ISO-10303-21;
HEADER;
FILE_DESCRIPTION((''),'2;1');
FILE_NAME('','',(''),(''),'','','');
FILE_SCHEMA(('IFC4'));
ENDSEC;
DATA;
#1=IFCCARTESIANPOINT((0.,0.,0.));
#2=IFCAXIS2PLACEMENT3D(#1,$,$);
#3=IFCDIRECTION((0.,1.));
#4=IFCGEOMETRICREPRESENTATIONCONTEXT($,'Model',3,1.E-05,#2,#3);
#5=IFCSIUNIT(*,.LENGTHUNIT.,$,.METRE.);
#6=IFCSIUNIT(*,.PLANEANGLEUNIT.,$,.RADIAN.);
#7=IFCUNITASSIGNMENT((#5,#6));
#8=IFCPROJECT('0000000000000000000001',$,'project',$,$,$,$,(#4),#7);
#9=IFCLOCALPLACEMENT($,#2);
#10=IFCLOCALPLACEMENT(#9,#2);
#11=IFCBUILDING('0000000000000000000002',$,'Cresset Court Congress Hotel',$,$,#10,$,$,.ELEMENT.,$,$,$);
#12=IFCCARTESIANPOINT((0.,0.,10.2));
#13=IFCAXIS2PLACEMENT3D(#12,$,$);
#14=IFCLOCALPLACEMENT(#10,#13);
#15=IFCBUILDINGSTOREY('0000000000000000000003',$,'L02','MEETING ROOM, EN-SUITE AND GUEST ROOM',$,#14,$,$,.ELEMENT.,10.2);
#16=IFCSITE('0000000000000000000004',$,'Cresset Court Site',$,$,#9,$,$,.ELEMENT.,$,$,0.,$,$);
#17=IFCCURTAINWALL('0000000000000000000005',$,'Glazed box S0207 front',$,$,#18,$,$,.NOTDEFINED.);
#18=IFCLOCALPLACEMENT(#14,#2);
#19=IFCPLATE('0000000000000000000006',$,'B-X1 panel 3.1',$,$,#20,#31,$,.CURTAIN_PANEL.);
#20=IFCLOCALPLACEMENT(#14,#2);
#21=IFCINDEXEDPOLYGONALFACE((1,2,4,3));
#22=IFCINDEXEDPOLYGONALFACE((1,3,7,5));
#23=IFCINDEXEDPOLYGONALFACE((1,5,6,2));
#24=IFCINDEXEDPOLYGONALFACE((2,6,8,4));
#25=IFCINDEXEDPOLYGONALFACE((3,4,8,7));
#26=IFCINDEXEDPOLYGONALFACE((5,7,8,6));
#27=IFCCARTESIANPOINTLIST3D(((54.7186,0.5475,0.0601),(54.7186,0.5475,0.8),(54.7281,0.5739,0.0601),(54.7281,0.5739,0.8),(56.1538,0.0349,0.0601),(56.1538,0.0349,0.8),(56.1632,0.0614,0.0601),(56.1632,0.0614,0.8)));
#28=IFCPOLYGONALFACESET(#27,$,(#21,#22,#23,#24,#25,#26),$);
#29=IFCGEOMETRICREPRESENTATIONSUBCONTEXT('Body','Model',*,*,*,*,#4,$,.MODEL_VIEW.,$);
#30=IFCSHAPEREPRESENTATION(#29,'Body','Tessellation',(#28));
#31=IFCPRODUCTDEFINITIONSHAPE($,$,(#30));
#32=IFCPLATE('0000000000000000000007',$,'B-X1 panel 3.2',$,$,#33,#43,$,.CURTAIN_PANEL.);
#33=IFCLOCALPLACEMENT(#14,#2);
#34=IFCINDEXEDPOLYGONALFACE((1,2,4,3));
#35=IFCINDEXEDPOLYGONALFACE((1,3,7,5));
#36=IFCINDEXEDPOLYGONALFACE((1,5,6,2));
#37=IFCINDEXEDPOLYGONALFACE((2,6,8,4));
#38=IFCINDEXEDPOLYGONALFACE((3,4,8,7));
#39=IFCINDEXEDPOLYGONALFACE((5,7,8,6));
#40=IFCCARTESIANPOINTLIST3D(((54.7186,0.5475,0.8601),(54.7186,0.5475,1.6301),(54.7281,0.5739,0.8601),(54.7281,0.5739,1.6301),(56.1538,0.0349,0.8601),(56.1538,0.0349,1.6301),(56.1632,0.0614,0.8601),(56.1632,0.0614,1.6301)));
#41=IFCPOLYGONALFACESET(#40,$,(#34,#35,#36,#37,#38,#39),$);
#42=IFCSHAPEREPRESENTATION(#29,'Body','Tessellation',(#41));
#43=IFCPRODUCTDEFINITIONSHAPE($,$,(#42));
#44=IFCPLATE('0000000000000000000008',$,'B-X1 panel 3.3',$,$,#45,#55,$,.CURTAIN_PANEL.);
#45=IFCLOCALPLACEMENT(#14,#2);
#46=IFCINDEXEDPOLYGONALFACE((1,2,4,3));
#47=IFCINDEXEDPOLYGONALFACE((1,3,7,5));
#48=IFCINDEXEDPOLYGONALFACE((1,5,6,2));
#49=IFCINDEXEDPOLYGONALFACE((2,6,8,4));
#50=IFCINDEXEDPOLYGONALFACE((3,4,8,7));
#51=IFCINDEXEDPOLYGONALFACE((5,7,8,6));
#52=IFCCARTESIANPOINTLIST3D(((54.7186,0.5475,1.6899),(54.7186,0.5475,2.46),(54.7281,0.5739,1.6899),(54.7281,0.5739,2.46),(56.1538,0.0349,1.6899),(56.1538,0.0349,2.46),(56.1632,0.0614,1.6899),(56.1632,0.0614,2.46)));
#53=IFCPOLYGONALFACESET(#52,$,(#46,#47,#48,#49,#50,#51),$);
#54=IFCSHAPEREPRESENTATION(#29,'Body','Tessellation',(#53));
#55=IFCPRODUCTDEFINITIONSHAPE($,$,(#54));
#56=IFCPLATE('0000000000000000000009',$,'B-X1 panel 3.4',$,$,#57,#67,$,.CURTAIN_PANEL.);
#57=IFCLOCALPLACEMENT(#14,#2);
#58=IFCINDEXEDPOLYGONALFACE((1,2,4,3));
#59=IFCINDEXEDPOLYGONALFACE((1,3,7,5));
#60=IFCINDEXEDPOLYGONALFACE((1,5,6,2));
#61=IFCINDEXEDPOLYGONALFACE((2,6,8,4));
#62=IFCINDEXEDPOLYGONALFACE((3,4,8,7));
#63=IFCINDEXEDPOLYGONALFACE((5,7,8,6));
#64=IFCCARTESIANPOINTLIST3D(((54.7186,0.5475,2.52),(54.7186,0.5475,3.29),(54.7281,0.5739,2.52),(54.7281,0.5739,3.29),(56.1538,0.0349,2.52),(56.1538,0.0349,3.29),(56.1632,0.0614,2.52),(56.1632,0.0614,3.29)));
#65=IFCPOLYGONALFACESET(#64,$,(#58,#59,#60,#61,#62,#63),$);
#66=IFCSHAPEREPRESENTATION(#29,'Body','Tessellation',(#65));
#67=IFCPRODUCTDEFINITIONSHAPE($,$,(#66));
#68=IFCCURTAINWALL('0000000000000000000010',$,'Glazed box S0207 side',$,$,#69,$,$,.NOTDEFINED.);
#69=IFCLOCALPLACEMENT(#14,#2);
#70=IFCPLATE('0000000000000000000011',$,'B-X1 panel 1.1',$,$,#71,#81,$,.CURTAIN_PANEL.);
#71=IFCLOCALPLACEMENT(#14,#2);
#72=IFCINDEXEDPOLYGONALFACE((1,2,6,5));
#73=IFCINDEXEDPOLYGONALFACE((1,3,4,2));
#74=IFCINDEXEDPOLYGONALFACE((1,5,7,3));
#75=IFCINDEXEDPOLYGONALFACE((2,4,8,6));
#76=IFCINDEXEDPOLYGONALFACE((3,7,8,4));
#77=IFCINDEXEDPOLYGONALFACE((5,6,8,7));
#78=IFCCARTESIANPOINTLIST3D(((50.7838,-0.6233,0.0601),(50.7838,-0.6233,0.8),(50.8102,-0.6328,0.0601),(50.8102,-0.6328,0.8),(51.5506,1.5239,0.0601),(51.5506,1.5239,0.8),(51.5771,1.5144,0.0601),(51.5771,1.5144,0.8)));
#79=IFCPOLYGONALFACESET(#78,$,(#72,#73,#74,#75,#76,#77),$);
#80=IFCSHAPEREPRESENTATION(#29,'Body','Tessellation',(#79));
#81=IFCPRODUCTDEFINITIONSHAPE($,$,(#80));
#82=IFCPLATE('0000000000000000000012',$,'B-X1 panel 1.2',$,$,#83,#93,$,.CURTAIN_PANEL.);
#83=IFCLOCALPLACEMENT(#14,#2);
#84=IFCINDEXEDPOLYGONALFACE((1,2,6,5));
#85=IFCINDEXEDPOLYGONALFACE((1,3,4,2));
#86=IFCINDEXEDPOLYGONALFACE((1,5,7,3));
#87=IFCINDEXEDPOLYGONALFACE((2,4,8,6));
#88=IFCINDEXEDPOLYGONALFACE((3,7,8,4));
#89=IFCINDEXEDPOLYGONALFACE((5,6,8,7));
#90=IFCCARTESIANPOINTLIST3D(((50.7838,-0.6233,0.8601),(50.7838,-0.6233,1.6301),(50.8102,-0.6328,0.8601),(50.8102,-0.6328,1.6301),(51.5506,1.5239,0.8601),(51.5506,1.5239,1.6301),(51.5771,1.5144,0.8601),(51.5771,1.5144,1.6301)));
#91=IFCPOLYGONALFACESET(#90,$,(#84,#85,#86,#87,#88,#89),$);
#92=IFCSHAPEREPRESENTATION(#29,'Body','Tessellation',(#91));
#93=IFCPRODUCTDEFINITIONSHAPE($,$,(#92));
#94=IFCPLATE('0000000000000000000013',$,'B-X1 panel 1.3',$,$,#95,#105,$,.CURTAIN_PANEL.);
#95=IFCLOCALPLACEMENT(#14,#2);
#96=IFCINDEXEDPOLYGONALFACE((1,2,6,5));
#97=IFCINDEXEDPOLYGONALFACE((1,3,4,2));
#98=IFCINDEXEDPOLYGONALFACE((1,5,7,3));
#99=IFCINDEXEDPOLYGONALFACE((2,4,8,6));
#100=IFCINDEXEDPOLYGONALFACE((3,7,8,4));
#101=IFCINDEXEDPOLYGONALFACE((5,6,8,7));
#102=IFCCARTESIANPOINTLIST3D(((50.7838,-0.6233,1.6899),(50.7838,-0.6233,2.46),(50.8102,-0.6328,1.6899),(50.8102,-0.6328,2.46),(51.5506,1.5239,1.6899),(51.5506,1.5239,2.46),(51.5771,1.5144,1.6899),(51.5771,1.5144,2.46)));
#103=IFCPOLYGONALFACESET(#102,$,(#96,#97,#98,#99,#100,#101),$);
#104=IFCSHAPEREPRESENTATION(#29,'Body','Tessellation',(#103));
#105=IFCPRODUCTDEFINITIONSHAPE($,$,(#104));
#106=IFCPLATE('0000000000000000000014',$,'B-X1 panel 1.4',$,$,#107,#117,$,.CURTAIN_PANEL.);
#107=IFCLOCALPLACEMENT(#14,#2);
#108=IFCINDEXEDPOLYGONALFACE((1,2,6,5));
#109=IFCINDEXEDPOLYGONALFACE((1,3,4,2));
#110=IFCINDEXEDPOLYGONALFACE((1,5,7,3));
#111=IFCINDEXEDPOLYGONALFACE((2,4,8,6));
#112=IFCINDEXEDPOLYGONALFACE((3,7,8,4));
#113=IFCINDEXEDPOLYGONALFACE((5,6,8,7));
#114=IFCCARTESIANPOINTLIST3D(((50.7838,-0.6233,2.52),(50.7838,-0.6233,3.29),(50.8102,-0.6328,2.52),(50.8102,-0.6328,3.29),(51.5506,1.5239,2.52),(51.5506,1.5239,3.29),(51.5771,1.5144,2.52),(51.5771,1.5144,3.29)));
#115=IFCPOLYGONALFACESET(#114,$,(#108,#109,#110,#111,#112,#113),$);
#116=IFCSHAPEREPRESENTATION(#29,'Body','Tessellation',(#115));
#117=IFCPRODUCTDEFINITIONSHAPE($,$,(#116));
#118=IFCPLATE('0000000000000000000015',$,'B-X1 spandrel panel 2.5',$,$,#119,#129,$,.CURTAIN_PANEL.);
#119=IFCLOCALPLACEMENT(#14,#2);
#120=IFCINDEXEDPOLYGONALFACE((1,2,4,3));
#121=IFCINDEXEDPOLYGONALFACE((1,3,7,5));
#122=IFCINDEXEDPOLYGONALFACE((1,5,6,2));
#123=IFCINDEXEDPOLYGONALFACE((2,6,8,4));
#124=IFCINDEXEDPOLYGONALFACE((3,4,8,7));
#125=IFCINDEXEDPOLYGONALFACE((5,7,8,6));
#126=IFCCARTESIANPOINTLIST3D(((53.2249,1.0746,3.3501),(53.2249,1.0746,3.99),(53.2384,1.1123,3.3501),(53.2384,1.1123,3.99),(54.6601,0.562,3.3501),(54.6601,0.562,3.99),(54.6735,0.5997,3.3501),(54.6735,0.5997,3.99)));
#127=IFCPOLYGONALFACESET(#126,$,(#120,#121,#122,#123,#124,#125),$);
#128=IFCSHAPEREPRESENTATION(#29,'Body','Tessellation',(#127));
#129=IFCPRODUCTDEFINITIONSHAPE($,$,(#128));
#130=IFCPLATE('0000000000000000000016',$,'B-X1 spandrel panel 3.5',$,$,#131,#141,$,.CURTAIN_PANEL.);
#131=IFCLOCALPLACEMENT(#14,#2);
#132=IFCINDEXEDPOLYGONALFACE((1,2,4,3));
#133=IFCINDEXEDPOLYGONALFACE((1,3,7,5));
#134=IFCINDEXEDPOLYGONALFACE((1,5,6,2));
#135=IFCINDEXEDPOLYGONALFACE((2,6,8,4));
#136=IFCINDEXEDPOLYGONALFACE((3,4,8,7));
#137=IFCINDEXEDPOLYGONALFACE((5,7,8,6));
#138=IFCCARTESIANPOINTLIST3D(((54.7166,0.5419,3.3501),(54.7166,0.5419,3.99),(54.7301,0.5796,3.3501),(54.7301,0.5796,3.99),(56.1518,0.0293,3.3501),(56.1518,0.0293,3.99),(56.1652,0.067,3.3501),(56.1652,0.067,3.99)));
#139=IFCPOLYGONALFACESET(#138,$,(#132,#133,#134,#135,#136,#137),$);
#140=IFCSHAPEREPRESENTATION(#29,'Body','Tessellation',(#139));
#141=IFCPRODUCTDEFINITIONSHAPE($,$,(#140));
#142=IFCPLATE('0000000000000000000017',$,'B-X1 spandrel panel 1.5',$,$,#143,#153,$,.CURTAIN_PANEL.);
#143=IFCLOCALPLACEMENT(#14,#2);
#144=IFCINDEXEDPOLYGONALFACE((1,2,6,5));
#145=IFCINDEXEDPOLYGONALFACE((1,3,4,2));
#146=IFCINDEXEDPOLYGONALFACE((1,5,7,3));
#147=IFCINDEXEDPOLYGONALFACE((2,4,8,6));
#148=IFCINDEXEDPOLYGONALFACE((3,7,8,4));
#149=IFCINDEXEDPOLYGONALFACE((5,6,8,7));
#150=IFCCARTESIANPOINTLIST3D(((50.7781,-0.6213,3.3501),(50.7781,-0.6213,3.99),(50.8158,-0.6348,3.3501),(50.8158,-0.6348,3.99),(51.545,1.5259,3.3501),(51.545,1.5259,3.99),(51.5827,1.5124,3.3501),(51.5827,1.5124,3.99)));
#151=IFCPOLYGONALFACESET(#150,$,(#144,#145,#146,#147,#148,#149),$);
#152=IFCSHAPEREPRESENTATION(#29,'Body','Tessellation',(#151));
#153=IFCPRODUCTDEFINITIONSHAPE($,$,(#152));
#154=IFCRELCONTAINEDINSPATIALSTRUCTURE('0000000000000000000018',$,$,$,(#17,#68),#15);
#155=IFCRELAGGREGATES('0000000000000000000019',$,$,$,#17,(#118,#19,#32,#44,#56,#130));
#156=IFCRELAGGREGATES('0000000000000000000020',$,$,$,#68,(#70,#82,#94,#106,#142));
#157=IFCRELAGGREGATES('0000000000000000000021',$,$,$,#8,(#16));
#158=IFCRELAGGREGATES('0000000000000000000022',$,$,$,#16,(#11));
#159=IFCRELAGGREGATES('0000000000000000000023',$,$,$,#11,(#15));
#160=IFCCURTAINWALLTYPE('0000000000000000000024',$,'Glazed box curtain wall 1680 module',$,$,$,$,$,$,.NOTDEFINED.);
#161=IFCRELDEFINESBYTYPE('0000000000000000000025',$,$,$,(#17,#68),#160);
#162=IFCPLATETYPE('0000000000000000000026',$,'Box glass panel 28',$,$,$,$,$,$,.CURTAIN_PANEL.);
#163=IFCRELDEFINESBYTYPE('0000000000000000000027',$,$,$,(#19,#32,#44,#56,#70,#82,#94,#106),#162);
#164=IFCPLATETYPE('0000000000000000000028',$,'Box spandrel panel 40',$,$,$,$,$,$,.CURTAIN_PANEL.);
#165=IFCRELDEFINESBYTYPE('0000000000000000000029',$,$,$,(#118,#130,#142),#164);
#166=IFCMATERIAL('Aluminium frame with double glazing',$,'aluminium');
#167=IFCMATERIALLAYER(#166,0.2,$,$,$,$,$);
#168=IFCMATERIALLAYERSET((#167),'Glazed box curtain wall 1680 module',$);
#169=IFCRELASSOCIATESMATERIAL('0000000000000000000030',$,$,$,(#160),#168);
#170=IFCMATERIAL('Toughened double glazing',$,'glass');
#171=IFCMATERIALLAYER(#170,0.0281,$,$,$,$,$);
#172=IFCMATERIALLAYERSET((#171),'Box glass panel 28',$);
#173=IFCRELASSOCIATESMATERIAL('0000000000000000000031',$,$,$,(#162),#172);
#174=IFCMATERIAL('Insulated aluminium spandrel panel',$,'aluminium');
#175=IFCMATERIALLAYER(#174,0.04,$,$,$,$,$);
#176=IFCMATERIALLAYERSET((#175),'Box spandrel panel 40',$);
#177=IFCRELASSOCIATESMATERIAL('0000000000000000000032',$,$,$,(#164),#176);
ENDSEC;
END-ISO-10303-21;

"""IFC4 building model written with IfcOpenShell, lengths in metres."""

from ifc_helpers import new_model, si_unit, direction, frame, origin, origin_2d, place, context, subcontext, project, spatial, rectangle, extrude, material, layer, layer_set, type_object, element, aggregate, save


model = new_model("IFC4")

# Units and contexts
model_context = context("Model", 3, precision=1e-05, world=origin(), true_north=direction((0.0, 1.0)))
body_context = subcontext(model_context, "Body", "Model", "MODEL_VIEW")
ifc_project = project(units=[si_unit("LENGTHUNIT", "METRE"), si_unit("PLANEANGLEUNIT", "RADIAN")], contexts=[model_context])

# Site, building, storey
site_placement = place(None, origin())
site = spatial("IfcSite", under=ifc_project, at=site_placement, Name="Cresset Court Site", CompositionType="ELEMENT", RefElevation=0.0)
building_placement = place(site_placement, origin())
building = spatial("IfcBuilding", under=site, at=building_placement, Name="Cresset Court Congress Hotel", CompositionType="ELEMENT")
storey_placement = place(building_placement, frame((0.0, 0.0, 10.2)))
storey = spatial("IfcBuildingStorey", under=building, at=storey_placement, Name="L02", Description="MEETING ROOM, EN-SUITE AND GUEST ROOM", CompositionType="ELEMENT", Elevation=10.2)

# Curtain wall, plates
ifc_material_1 = material(Name="Aluminium frame with double glazing", Category="aluminium")
ifc_layer_1 = layer(ifc_material_1, 0.2)
ifc_layer_set_1 = layer_set([ifc_layer_1], Name="Glazed box curtain wall 1680 module")
curtain_wall_type = type_object("IfcCurtainWallType", Name="Glazed box curtain wall 1680 module", PredefinedType="NOTDEFINED", material=ifc_layer_set_1)
curtain_wall_1_placement = place(storey_placement, origin())
curtain_wall_1 = element("IfcCurtainWall", 1, at=curtain_wall_1_placement, inside=storey, type_object=curtain_wall_type, Name="Glazed box S0207 front", PredefinedType="NOTDEFINED")
ifc_material_2 = material(Name="Toughened double glazing", Category="glass")
ifc_layer_2 = layer(ifc_material_2, 0.0281)
ifc_layer_set_2 = layer_set([ifc_layer_2], Name="Box glass panel 28")
plate_type_1 = type_object("IfcPlateType", Name="Box glass panel 28", PredefinedType="CURTAIN_PANEL", material=ifc_layer_set_2)
plate_1_placement = place(storey_placement, frame((55.4409, 0.3044, 0.0601), z_axis=(0.0, 0.0, 1.0), x_axis=(0.941742, -0.336336, 0.0)))
plate_1 = element("IfcPlate", 2, at=plate_1_placement, type_object=plate_type_1, Name="B-X1 panel 3.1", PredefinedType="CURTAIN_PANEL", context=body_context, shape_type="SweptSolid", body=[
    extrude(rectangle(XDim=1.5239, YDim=0.0281, at=origin_2d()), origin(), (0.0, 0.0, 1.0), 0.74),
])
plate_2_placement = place(storey_placement, frame((55.4409, 0.3044, 0.8601), z_axis=(0.0, 0.0, 1.0), x_axis=(0.941742, -0.336336, 0.0)))
plate_2 = element("IfcPlate", 3, at=plate_2_placement, type_object=plate_type_1, Name="B-X1 panel 3.2", PredefinedType="CURTAIN_PANEL", context=body_context, shape_type="SweptSolid", body=[
    extrude(rectangle(XDim=1.5239, YDim=0.0281, at=origin_2d()), origin(), (0.0, 0.0, 1.0), 0.77),
])
plate_3_placement = place(storey_placement, frame((55.4409, 0.3044, 1.6899), z_axis=(0.0, 0.0, 1.0), x_axis=(0.941742, -0.336336, 0.0)))
plate_3 = element("IfcPlate", 4, at=plate_3_placement, type_object=plate_type_1, Name="B-X1 panel 3.3", PredefinedType="CURTAIN_PANEL", context=body_context, shape_type="SweptSolid", body=[
    extrude(rectangle(XDim=1.5239, YDim=0.0281, at=origin_2d()), origin(), (0.0, 0.0, 1.0), 0.77),
])
plate_4_placement = place(storey_placement, frame((55.4409, 0.3044, 2.52), z_axis=(0.0, 0.0, 1.0), x_axis=(0.941742, -0.336336, 0.0)))
plate_4 = element("IfcPlate", 5, at=plate_4_placement, type_object=plate_type_1, Name="B-X1 panel 3.4", PredefinedType="CURTAIN_PANEL", context=body_context, shape_type="SweptSolid", body=[
    extrude(rectangle(XDim=1.5239, YDim=0.0281, at=origin_2d()), origin(), (0.0, 0.0, 1.0), 0.77),
])

# Curtain wall, plates
curtain_wall_2_placement = place(storey_placement, origin())
curtain_wall_2 = element("IfcCurtainWall", 6, at=curtain_wall_2_placement, inside=storey, type_object=curtain_wall_type, Name="Glazed box S0207 side", PredefinedType="NOTDEFINED")
plate_5_placement = place(storey_placement, frame((51.1804, 0.4456, 0.0601), z_axis=(0.0, 0.0, 1.0), x_axis=(0.336336, 0.941742, 0.0)))
plate_5 = element("IfcPlate", 7, at=plate_5_placement, type_object=plate_type_1, Name="B-X1 panel 1.1", PredefinedType="CURTAIN_PANEL", context=body_context, shape_type="SweptSolid", body=[
    extrude(rectangle(XDim=2.28, YDim=0.0281, at=origin_2d()), origin(), (0.0, 0.0, 1.0), 0.74),
])
plate_6_placement = place(storey_placement, frame((51.1804, 0.4456, 0.8601), z_axis=(0.0, 0.0, 1.0), x_axis=(0.336336, 0.941742, 0.0)))
plate_6 = element("IfcPlate", 8, at=plate_6_placement, type_object=plate_type_1, Name="B-X1 panel 1.2", PredefinedType="CURTAIN_PANEL", context=body_context, shape_type="SweptSolid", body=[
    extrude(rectangle(XDim=2.28, YDim=0.0281, at=origin_2d()), origin(), (0.0, 0.0, 1.0), 0.77),
])
plate_7_placement = place(storey_placement, frame((51.1804, 0.4456, 1.6899), z_axis=(0.0, 0.0, 1.0), x_axis=(0.336336, 0.941742, 0.0)))
plate_7 = element("IfcPlate", 9, at=plate_7_placement, type_object=plate_type_1, Name="B-X1 panel 1.3", PredefinedType="CURTAIN_PANEL", context=body_context, shape_type="SweptSolid", body=[
    extrude(rectangle(XDim=2.28, YDim=0.0281, at=origin_2d()), origin(), (0.0, 0.0, 1.0), 0.77),
])
plate_8_placement = place(storey_placement, frame((51.1804, 0.4456, 2.52), z_axis=(0.0, 0.0, 1.0), x_axis=(0.336336, 0.941742, 0.0)))
plate_8 = element("IfcPlate", 10, at=plate_8_placement, type_object=plate_type_1, Name="B-X1 panel 1.4", PredefinedType="CURTAIN_PANEL", context=body_context, shape_type="SweptSolid", body=[
    extrude(rectangle(XDim=2.28, YDim=0.0281, at=origin_2d()), origin(), (0.0, 0.0, 1.0), 0.77),
])

# Plates
ifc_material_3 = material(Name="Insulated aluminium spandrel panel", Category="aluminium")
ifc_layer_3 = layer(ifc_material_3, 0.04)
ifc_layer_set_3 = layer_set([ifc_layer_3], Name="Box spandrel panel 40")
plate_type_2 = type_object("IfcPlateType", Name="Box spandrel panel 40", PredefinedType="CURTAIN_PANEL", material=ifc_layer_set_3)
plate_9_placement = place(storey_placement, frame((53.9492, 0.8372, 3.3501), z_axis=(0.0, 0.0, 1.0), x_axis=(0.941742, -0.336336, 0.0)))
plate_9 = element("IfcPlate", 11, at=plate_9_placement, type_object=plate_type_2, Name="B-X1 spandrel panel 2.5", PredefinedType="CURTAIN_PANEL", context=body_context, shape_type="SweptSolid", body=[
    extrude(rectangle(XDim=1.5239, YDim=0.04, at=origin_2d()), origin(), (0.0, 0.0, 1.0), 0.6399),
])
plate_10_placement = place(storey_placement, frame((55.4409, 0.3044, 3.3501), z_axis=(0.0, 0.0, 1.0), x_axis=(0.941742, -0.336336, 0.0)))
plate_10 = element("IfcPlate", 12, at=plate_10_placement, type_object=plate_type_2, Name="B-X1 spandrel panel 3.5", PredefinedType="CURTAIN_PANEL", context=body_context, shape_type="SweptSolid", body=[
    extrude(rectangle(XDim=1.5239, YDim=0.04, at=origin_2d()), origin(), (0.0, 0.0, 1.0), 0.6399),
])
aggregate(curtain_wall_1, [plate_9, plate_1, plate_2, plate_3, plate_4, plate_10])
plate_11_placement = place(storey_placement, frame((51.1804, 0.4456, 3.3501), z_axis=(0.0, 0.0, 1.0), x_axis=(0.336336, 0.941742, 0.0)))
plate_11 = element("IfcPlate", 13, at=plate_11_placement, type_object=plate_type_2, Name="B-X1 spandrel panel 1.5", PredefinedType="CURTAIN_PANEL", context=body_context, shape_type="SweptSolid", body=[
    extrude(rectangle(XDim=2.28, YDim=0.04, at=origin_2d()), origin(), (0.0, 0.0, 1.0), 0.6399),
])
aggregate(curtain_wall_2, [plate_5, plate_6, plate_7, plate_8, plate_11])

save(model, "model.ifc")
